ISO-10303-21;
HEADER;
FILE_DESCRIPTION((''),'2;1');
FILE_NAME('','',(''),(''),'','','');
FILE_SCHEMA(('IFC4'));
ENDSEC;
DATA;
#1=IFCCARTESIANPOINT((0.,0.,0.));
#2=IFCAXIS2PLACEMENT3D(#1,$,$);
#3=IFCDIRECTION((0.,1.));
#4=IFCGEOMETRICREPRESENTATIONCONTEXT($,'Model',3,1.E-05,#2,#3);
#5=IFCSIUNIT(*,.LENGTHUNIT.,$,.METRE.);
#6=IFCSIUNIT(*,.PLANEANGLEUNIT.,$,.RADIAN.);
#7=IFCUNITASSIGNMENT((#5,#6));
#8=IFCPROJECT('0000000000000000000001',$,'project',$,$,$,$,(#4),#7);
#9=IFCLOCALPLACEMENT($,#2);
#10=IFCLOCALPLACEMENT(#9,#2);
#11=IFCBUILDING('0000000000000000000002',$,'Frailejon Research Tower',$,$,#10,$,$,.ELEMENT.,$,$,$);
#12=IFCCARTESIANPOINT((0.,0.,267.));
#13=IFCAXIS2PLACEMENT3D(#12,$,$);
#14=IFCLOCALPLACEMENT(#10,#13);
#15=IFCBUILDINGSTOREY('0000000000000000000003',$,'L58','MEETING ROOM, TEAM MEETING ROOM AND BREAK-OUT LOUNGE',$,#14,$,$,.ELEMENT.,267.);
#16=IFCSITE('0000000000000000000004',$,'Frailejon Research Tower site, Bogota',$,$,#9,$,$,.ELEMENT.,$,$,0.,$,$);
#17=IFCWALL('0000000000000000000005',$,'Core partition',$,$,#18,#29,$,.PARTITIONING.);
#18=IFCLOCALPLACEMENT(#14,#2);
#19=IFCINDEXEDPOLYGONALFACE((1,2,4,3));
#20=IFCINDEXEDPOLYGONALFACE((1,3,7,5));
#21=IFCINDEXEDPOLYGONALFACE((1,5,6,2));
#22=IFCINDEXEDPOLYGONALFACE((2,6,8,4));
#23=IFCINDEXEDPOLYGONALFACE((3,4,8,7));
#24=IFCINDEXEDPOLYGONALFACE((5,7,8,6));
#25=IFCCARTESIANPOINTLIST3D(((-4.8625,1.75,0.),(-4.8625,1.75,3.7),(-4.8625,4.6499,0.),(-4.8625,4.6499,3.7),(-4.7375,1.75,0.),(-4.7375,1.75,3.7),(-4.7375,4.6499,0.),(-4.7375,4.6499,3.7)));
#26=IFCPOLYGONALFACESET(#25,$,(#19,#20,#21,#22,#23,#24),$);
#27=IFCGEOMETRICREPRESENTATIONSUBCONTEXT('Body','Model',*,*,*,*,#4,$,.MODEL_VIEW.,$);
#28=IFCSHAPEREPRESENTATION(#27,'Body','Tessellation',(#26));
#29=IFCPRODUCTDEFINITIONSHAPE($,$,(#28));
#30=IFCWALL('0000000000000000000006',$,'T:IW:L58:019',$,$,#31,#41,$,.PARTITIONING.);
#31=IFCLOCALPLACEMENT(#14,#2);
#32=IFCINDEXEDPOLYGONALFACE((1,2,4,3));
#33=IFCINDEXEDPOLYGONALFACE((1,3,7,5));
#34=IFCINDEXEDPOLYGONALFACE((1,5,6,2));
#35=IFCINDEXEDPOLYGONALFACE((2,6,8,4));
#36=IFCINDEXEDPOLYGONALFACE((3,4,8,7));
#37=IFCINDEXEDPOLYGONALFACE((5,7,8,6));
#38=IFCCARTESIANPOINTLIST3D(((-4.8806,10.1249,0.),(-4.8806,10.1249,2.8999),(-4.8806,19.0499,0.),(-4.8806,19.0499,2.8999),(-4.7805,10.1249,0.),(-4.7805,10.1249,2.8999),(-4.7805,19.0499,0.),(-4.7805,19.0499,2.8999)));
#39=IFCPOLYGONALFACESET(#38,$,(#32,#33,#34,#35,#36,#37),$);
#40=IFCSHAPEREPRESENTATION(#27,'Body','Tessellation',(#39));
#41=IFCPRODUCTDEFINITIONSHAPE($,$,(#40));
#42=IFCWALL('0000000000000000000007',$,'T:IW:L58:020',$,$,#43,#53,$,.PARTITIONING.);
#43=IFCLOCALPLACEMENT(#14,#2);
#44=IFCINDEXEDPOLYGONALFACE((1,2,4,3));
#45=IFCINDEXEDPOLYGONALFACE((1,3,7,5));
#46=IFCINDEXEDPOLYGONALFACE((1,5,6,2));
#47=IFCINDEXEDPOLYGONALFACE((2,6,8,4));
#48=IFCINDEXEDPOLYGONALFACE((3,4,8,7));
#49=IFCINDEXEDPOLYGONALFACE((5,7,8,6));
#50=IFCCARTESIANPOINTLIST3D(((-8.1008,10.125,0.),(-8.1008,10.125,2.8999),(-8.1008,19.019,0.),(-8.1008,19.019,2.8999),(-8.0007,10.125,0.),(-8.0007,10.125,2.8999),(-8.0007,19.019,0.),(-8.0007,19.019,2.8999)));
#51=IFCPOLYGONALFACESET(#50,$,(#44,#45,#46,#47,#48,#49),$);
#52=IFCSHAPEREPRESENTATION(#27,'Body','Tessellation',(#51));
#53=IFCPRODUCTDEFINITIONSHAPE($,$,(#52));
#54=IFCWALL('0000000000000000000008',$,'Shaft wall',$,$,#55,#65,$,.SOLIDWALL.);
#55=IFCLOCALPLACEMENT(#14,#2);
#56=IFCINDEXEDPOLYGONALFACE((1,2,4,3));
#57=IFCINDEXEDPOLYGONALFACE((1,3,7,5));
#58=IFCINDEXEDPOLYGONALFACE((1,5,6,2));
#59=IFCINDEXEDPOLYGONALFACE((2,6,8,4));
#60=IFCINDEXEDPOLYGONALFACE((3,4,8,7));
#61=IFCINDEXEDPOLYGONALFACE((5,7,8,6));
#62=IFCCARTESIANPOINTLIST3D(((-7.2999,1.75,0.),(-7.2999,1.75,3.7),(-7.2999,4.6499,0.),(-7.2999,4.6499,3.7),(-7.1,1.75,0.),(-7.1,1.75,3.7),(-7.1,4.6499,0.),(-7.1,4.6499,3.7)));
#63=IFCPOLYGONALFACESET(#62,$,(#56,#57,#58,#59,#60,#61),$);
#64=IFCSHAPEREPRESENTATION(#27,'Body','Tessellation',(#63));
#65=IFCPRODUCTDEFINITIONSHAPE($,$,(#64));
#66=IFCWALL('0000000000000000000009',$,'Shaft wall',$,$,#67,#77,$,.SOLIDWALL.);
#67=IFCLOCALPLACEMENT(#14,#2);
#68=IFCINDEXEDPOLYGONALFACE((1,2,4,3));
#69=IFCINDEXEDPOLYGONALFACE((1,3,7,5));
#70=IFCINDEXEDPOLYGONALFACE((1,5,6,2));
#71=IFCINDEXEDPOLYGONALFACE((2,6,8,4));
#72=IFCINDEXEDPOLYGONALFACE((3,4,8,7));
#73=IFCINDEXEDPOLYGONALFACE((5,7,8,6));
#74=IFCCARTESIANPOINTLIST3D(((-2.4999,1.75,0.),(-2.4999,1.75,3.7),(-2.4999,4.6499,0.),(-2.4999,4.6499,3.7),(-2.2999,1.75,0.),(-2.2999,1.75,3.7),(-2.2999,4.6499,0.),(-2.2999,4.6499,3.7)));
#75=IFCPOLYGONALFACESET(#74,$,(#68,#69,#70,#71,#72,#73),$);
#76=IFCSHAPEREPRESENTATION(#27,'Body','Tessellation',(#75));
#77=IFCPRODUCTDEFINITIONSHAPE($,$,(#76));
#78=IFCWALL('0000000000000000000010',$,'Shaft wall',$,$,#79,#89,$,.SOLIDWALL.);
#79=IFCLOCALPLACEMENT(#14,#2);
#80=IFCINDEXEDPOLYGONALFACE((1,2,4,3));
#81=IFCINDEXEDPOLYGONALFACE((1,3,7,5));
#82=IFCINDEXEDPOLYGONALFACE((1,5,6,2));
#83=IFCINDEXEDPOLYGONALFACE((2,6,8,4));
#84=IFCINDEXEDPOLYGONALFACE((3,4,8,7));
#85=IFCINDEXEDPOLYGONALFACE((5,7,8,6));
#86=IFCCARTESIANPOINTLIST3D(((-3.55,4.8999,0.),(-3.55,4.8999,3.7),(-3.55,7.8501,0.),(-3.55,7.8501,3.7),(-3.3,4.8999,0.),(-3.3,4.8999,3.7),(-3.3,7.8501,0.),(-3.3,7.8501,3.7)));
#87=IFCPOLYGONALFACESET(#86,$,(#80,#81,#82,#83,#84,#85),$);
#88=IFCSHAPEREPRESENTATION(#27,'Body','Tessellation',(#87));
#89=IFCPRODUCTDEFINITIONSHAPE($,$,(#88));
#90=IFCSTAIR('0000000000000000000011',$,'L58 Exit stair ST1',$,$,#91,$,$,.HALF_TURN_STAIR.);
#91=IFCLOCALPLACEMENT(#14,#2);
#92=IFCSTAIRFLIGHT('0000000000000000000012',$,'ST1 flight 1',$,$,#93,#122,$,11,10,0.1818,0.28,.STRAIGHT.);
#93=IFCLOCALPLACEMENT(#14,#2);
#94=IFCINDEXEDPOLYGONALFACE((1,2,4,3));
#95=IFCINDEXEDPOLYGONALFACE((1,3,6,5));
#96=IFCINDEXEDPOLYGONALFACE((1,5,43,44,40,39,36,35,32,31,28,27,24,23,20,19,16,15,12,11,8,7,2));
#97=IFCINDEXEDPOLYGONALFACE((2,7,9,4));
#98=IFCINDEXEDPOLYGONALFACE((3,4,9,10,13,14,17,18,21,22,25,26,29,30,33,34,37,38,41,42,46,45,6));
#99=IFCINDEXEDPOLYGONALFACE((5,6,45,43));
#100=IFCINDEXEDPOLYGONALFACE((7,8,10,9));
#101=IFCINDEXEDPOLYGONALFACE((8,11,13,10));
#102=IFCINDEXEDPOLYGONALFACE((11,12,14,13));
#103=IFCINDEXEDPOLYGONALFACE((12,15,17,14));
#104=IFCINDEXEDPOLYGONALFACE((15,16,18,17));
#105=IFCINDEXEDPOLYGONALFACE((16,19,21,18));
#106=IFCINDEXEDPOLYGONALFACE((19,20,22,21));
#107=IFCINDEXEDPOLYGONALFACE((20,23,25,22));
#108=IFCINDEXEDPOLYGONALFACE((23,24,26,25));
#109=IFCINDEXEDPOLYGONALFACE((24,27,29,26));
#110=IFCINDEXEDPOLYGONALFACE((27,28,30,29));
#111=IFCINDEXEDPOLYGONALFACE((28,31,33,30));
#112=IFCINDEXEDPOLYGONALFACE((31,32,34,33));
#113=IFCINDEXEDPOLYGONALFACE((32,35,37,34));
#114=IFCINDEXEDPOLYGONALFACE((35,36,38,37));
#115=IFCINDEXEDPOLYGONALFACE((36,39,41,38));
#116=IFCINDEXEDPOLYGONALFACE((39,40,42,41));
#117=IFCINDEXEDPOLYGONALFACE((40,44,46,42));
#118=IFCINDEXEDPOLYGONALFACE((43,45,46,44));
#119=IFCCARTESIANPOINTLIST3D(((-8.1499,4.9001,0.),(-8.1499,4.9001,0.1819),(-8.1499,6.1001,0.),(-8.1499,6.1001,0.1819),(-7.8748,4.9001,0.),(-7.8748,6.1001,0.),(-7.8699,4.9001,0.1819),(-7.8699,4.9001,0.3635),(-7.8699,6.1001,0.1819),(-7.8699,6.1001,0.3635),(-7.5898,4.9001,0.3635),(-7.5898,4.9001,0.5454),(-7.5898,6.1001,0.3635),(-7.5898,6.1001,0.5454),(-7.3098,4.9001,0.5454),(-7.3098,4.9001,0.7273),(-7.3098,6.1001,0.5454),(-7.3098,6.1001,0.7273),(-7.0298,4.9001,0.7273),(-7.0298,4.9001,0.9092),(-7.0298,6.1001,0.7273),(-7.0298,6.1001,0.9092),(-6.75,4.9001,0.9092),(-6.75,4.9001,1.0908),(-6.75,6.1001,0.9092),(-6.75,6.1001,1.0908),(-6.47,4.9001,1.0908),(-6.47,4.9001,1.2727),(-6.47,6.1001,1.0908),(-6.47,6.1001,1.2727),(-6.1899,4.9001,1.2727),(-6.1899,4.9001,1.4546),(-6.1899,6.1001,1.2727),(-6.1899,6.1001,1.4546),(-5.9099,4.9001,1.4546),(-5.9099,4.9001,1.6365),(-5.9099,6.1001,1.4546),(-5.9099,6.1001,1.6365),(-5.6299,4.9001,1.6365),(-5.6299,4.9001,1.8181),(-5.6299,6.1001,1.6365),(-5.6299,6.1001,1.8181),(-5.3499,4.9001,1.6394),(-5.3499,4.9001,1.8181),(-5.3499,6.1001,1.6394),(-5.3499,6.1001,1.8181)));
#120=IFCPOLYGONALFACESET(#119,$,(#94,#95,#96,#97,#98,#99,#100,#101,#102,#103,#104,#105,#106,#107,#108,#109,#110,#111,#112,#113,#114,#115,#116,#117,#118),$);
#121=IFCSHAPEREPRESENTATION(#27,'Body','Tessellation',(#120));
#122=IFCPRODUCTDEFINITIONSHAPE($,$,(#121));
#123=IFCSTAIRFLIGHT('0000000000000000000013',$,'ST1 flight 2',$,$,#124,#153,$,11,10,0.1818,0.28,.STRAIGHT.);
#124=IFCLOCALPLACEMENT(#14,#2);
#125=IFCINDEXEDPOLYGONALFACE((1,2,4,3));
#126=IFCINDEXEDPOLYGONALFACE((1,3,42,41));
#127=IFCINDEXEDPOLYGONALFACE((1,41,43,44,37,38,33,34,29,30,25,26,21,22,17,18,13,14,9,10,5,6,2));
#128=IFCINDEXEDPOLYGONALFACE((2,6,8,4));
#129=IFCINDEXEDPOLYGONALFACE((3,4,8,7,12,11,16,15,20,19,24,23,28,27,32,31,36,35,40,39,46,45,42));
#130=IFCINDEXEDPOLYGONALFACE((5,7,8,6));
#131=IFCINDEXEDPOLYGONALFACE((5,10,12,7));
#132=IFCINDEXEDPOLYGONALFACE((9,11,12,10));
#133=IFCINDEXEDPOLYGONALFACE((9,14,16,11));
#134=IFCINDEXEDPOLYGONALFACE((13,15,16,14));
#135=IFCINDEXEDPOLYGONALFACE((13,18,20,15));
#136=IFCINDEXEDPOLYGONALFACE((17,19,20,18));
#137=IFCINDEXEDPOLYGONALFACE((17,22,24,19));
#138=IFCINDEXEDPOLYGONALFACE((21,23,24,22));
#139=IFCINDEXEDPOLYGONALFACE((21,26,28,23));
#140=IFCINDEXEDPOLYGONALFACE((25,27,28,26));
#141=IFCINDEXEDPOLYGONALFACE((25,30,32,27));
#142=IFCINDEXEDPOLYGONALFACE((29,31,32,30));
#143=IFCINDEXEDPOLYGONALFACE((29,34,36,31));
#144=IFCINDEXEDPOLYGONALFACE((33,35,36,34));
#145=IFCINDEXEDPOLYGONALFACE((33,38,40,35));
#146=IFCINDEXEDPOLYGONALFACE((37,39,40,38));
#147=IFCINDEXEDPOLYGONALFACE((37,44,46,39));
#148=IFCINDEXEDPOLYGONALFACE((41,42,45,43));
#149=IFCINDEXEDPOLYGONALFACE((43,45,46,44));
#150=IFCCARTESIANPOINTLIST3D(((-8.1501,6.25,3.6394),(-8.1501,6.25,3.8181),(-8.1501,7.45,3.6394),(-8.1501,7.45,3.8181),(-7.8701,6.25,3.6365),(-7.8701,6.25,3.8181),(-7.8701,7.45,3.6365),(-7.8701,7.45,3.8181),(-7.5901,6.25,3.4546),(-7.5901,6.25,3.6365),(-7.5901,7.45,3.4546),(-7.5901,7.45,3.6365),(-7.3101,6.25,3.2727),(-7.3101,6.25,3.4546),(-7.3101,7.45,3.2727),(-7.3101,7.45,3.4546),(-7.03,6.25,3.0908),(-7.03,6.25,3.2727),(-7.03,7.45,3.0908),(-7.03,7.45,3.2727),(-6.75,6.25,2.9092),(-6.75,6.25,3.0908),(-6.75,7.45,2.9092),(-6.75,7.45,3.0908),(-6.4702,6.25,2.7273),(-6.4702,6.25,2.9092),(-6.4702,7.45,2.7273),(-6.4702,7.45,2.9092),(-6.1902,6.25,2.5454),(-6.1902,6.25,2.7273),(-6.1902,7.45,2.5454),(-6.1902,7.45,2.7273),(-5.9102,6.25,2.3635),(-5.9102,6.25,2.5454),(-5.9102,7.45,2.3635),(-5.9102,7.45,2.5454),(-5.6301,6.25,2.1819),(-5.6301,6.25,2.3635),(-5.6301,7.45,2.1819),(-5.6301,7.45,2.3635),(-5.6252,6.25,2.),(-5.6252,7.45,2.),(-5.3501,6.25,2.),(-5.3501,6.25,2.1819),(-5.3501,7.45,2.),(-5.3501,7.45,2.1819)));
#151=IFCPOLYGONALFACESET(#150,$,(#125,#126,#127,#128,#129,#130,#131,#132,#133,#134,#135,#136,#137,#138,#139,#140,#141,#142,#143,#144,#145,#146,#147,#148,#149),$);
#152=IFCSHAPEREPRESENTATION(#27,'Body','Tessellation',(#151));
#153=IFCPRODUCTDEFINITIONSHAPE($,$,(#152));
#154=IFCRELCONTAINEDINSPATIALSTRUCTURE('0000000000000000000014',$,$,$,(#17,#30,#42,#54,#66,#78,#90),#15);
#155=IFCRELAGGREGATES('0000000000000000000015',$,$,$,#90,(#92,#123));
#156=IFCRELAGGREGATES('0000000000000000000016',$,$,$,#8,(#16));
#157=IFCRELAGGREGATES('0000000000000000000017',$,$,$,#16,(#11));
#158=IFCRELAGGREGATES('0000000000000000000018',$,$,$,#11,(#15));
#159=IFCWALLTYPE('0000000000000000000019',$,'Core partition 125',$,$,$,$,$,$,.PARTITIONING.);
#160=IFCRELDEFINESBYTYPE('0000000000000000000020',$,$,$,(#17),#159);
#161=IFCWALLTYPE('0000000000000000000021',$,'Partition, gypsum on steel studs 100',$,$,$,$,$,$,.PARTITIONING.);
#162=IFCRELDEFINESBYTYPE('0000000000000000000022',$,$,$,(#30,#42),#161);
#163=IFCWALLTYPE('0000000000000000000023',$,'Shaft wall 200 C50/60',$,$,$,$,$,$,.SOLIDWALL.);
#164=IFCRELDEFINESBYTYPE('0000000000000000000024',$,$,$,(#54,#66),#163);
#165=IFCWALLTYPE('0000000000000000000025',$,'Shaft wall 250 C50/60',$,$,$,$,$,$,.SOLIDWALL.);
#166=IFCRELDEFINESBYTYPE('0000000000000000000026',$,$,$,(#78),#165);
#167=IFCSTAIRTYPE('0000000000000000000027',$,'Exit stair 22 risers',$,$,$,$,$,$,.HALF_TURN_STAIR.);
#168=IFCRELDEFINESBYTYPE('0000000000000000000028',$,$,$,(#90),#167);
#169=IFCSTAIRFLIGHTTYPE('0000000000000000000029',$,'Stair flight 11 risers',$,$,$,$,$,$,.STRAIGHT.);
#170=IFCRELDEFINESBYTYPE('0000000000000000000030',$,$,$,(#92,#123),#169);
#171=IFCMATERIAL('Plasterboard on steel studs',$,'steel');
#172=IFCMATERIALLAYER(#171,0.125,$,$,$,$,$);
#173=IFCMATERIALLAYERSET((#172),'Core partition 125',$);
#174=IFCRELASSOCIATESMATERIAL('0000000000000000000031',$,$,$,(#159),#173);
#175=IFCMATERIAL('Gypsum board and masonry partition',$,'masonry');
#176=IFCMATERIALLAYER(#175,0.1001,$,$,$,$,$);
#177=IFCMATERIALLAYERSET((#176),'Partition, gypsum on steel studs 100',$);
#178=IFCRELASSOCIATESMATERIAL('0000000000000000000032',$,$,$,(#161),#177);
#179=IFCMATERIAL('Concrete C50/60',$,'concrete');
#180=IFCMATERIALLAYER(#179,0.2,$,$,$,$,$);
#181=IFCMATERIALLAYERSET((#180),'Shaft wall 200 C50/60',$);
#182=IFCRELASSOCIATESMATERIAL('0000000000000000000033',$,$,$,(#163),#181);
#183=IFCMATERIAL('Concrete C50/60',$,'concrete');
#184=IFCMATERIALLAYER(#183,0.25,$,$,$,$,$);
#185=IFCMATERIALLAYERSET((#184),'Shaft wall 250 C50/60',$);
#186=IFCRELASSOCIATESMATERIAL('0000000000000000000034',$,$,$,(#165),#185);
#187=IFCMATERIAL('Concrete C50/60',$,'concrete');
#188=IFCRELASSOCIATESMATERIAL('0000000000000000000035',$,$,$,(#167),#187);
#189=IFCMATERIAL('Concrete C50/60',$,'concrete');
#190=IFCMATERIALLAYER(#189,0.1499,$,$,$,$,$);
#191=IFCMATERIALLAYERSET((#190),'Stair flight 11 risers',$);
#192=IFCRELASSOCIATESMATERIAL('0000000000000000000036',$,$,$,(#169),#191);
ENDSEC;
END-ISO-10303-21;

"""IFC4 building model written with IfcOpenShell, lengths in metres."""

from ifc_helpers import new_model, si_unit, direction, frame, frame_2d, origin, place, context, subcontext, project, spatial, polyline, rectangle, outline, extrude, material, layer, layer_set, type_object, element, aggregate, save


model = new_model("IFC4")

# Units and contexts
model_context = context("Model", 3, precision=1e-05, world=origin(), true_north=direction((0.0, 1.0)))
body_context = subcontext(model_context, "Body", "Model", "MODEL_VIEW")
ifc_project = project(units=[si_unit("LENGTHUNIT", "METRE"), si_unit("PLANEANGLEUNIT", "RADIAN")], contexts=[model_context])

# Site, building, storey
site_placement = place(None, origin())
site = spatial("IfcSite", under=ifc_project, at=site_placement, Name="Frailejon Research Tower site, Bogota", CompositionType="ELEMENT", RefElevation=0.0)
building_placement = place(site_placement, origin())
building = spatial("IfcBuilding", under=site, at=building_placement, Name="Frailejon Research Tower", CompositionType="ELEMENT")
storey_placement = place(building_placement, frame((0.0, 0.0, 267.0)))
storey = spatial("IfcBuildingStorey", under=building, at=storey_placement, Name="L58", Description="MEETING ROOM, TEAM MEETING ROOM AND BREAK-OUT LOUNGE", CompositionType="ELEMENT", Elevation=267.0)

# Walls
ifc_material_1 = material(Name="Plasterboard on steel studs", Category="steel")
ifc_layer_1 = layer(ifc_material_1, 0.125)
ifc_layer_set_1 = layer_set([ifc_layer_1], Name="Core partition 125")
wall_type_1 = type_object("IfcWallType", Name="Core partition 125", PredefinedType="PARTITIONING", material=ifc_layer_set_1)
wall_1_placement = place(storey_placement, frame((-4.8, 1.75, 0.0), z_axis=(0.0, 0.0, 1.0), x_axis=(0.0, 1.0, 0.0)))
element("IfcWall", 1, at=wall_1_placement, inside=storey, type_object=wall_type_1, Name="Core partition", PredefinedType="PARTITIONING", context=body_context, shape_type="SweptSolid", body=[
    extrude(rectangle(XDim=2.8999, YDim=0.125, at=frame_2d((1.45, 0.0))), origin(), (0.0, 0.0, 1.0), 3.7),
])
ifc_material_2 = material(Name="Gypsum board and masonry partition", Category="masonry")
ifc_layer_2 = layer(ifc_material_2, 0.1001)
ifc_layer_set_2 = layer_set([ifc_layer_2], Name="Partition, gypsum on steel studs 100")
wall_type_2 = type_object("IfcWallType", Name="Partition, gypsum on steel studs 100", PredefinedType="PARTITIONING", material=ifc_layer_set_2)
wall_2_placement = place(storey_placement, frame((-4.8306, 10.125, 0.0), z_axis=(0.0, 0.0, 1.0), x_axis=(0.0, 1.0, 0.0)))
element("IfcWall", 2, at=wall_2_placement, inside=storey, type_object=wall_type_2, Name="T:IW:L58:019", PredefinedType="PARTITIONING", context=body_context, shape_type="SweptSolid", body=[
    extrude(rectangle(XDim=8.925, YDim=0.1001, at=frame_2d((4.4624, 0.0))), origin(), (0.0, 0.0, 1.0), 2.8999),
])
wall_3_placement = place(storey_placement, frame((-8.0508, 10.125, 0.0), z_axis=(0.0, 0.0, 1.0), x_axis=(0.0, 1.0, 0.0)))
element("IfcWall", 3, at=wall_3_placement, inside=storey, type_object=wall_type_2, Name="T:IW:L58:020", PredefinedType="PARTITIONING", context=body_context, shape_type="SweptSolid", body=[
    extrude(rectangle(XDim=8.894, YDim=0.1001, at=frame_2d((4.447, 0.0))), origin(), (0.0, 0.0, 1.0), 2.8999),
])
ifc_material_3 = material(Name="Concrete C50/60", Category="concrete")
ifc_layer_3 = layer(ifc_material_3, 0.2)
ifc_layer_set_3 = layer_set([ifc_layer_3], Name="Shaft wall 200 C50/60")
wall_type_3 = type_object("IfcWallType", Name="Shaft wall 200 C50/60", PredefinedType="SOLIDWALL", material=ifc_layer_set_3)
for number, where, z_axis, x_axis, name in (
    (4, (-7.2, 1.75, 0.0), (0.0, 0.0, 1.0), (0.0, 1.0, 0.0), "Shaft wall"),
    (5, (-2.3999, 1.75, 0.0), (0.0, 0.0, 1.0), (0.0, 1.0, 0.0), "Shaft wall"),
):
    element("IfcWall", number, at=place(storey_placement, frame(where, z_axis=z_axis, x_axis=x_axis)), inside=storey, type_object=wall_type_3, Name=name, PredefinedType="SOLIDWALL", context=body_context, shape_type="SweptSolid", body=[
        extrude(rectangle(XDim=2.8999, YDim=0.2, at=frame_2d((1.45, 0.0))), origin(), (0.0, 0.0, 1.0), 3.7),
    ])
ifc_material_4 = material(Name="Concrete C50/60", Category="concrete")
ifc_layer_4 = layer(ifc_material_4, 0.25)
ifc_layer_set_4 = layer_set([ifc_layer_4], Name="Shaft wall 250 C50/60")
wall_type_4 = type_object("IfcWallType", Name="Shaft wall 250 C50/60", PredefinedType="SOLIDWALL", material=ifc_layer_set_4)
wall_4_placement = place(storey_placement, frame((-3.425, 4.8999, 0.0), z_axis=(0.0, 0.0, 1.0), x_axis=(0.0, 1.0, 0.0)))
element("IfcWall", 6, at=wall_4_placement, inside=storey, type_object=wall_type_4, Name="Shaft wall", PredefinedType="SOLIDWALL", context=body_context, shape_type="SweptSolid", body=[
    extrude(rectangle(XDim=2.9502, YDim=0.25, at=frame_2d((1.4751, 0.0))), origin(), (0.0, 0.0, 1.0), 3.7),
])

# Stair, stair flights
ifc_material_5 = material(Name="Concrete C50/60", Category="concrete")
stair_type = type_object("IfcStairType", Name="Exit stair 22 risers", PredefinedType="HALF_TURN_STAIR", material=ifc_material_5)
stair_placement = place(storey_placement, origin())
stair = element("IfcStair", 7, at=stair_placement, inside=storey, type_object=stair_type, Name="L58 Exit stair ST1", PredefinedType="HALF_TURN_STAIR")
ifc_material_6 = material(Name="Concrete C50/60", Category="concrete")
ifc_layer_5 = layer(ifc_material_6, 0.1499)
ifc_layer_set_5 = layer_set([ifc_layer_5], Name="Stair flight 11 risers")
stair_flight_type = type_object("IfcStairFlightType", Name="Stair flight 11 risers", PredefinedType="STRAIGHT", material=ifc_layer_set_5)
stair_flight_1_placement = place(storey_placement, frame((-8.1499, 5.5, 0.0), z_axis=(0.0, 0.0, 1.0), x_axis=(1.0, 0.0, 0.0)))
stair_flight_1 = element("IfcStairFlight", 8, at=stair_flight_1_placement, type_object=stair_flight_type, Name="ST1 flight 1", NumberOfRisers=11, NumberOfTreads=10, PredefinedType="STRAIGHT", RiserHeight=0.1818, TreadLength=0.28, context=body_context, shape_type="SweptSolid", body=[
    extrude(outline(polyline([(0.0, 0.0), (0.0, 0.1819), (0.28, 0.1819), (0.28, 0.3635), (0.5601, 0.3635), (0.5601, 0.5454), (0.8401, 0.5454), (0.8401, 0.7273), (1.1201, 0.7273), (1.1201, 0.9092), (1.3999, 0.9092), (1.3999, 1.0908), (1.6799, 1.0908), (1.6799, 1.2727), (1.96, 1.2727), (1.96, 1.4546), (2.24, 1.4546), (2.24, 1.6365), (2.52, 1.6365), (2.52, 1.8181), (2.8, 1.8181), (2.8, 2.0), (2.8, 1.6394), (0.2751, 0.0), (0.0, 0.0)])), frame((0.0, 0.6001, 0.0), z_axis=(0.0, -1.0, 0.0), x_axis=(1.0, 0.0, 0.0)), (0.0, 0.0, 1.0), 1.2),
])
stair_flight_2_placement = place(storey_placement, frame((-5.3501, 6.8501, 2.0), z_axis=(0.0, 0.0, 1.0), x_axis=(-1.0, 0.0, 0.0)))
stair_flight_2 = element("IfcStairFlight", 9, at=stair_flight_2_placement, type_object=stair_flight_type, Name="ST1 flight 2", NumberOfRisers=11, NumberOfTreads=10, PredefinedType="STRAIGHT", RiserHeight=0.1818, TreadLength=0.28, context=body_context, shape_type="SweptSolid", body=[
    extrude(outline(polyline([(0.0, 0.0), (0.0, 0.1819), (0.28, 0.1819), (0.28, 0.3635), (0.5601, 0.3635), (0.5601, 0.5454), (0.8401, 0.5454), (0.8401, 0.7273), (1.1201, 0.7273), (1.1201, 0.9092), (1.3999, 0.9092), (1.3999, 1.0908), (1.6799, 1.0908), (1.6799, 1.2727), (1.96, 1.2727), (1.96, 1.4546), (2.24, 1.4546), (2.24, 1.6365), (2.52, 1.6365), (2.52, 1.8181), (2.8, 1.8181), (2.8, 2.0), (2.8, 1.6394), (0.2751, 0.0), (0.0, 0.0)])), frame((0.0, 0.6001, 0.0), z_axis=(0.0, -1.0, 0.0), x_axis=(1.0, 0.0, 0.0)), (0.0, 0.0, 1.0), 1.2),
])
aggregate(stair, [stair_flight_1, stair_flight_2])

save(model, "model.ifc")
